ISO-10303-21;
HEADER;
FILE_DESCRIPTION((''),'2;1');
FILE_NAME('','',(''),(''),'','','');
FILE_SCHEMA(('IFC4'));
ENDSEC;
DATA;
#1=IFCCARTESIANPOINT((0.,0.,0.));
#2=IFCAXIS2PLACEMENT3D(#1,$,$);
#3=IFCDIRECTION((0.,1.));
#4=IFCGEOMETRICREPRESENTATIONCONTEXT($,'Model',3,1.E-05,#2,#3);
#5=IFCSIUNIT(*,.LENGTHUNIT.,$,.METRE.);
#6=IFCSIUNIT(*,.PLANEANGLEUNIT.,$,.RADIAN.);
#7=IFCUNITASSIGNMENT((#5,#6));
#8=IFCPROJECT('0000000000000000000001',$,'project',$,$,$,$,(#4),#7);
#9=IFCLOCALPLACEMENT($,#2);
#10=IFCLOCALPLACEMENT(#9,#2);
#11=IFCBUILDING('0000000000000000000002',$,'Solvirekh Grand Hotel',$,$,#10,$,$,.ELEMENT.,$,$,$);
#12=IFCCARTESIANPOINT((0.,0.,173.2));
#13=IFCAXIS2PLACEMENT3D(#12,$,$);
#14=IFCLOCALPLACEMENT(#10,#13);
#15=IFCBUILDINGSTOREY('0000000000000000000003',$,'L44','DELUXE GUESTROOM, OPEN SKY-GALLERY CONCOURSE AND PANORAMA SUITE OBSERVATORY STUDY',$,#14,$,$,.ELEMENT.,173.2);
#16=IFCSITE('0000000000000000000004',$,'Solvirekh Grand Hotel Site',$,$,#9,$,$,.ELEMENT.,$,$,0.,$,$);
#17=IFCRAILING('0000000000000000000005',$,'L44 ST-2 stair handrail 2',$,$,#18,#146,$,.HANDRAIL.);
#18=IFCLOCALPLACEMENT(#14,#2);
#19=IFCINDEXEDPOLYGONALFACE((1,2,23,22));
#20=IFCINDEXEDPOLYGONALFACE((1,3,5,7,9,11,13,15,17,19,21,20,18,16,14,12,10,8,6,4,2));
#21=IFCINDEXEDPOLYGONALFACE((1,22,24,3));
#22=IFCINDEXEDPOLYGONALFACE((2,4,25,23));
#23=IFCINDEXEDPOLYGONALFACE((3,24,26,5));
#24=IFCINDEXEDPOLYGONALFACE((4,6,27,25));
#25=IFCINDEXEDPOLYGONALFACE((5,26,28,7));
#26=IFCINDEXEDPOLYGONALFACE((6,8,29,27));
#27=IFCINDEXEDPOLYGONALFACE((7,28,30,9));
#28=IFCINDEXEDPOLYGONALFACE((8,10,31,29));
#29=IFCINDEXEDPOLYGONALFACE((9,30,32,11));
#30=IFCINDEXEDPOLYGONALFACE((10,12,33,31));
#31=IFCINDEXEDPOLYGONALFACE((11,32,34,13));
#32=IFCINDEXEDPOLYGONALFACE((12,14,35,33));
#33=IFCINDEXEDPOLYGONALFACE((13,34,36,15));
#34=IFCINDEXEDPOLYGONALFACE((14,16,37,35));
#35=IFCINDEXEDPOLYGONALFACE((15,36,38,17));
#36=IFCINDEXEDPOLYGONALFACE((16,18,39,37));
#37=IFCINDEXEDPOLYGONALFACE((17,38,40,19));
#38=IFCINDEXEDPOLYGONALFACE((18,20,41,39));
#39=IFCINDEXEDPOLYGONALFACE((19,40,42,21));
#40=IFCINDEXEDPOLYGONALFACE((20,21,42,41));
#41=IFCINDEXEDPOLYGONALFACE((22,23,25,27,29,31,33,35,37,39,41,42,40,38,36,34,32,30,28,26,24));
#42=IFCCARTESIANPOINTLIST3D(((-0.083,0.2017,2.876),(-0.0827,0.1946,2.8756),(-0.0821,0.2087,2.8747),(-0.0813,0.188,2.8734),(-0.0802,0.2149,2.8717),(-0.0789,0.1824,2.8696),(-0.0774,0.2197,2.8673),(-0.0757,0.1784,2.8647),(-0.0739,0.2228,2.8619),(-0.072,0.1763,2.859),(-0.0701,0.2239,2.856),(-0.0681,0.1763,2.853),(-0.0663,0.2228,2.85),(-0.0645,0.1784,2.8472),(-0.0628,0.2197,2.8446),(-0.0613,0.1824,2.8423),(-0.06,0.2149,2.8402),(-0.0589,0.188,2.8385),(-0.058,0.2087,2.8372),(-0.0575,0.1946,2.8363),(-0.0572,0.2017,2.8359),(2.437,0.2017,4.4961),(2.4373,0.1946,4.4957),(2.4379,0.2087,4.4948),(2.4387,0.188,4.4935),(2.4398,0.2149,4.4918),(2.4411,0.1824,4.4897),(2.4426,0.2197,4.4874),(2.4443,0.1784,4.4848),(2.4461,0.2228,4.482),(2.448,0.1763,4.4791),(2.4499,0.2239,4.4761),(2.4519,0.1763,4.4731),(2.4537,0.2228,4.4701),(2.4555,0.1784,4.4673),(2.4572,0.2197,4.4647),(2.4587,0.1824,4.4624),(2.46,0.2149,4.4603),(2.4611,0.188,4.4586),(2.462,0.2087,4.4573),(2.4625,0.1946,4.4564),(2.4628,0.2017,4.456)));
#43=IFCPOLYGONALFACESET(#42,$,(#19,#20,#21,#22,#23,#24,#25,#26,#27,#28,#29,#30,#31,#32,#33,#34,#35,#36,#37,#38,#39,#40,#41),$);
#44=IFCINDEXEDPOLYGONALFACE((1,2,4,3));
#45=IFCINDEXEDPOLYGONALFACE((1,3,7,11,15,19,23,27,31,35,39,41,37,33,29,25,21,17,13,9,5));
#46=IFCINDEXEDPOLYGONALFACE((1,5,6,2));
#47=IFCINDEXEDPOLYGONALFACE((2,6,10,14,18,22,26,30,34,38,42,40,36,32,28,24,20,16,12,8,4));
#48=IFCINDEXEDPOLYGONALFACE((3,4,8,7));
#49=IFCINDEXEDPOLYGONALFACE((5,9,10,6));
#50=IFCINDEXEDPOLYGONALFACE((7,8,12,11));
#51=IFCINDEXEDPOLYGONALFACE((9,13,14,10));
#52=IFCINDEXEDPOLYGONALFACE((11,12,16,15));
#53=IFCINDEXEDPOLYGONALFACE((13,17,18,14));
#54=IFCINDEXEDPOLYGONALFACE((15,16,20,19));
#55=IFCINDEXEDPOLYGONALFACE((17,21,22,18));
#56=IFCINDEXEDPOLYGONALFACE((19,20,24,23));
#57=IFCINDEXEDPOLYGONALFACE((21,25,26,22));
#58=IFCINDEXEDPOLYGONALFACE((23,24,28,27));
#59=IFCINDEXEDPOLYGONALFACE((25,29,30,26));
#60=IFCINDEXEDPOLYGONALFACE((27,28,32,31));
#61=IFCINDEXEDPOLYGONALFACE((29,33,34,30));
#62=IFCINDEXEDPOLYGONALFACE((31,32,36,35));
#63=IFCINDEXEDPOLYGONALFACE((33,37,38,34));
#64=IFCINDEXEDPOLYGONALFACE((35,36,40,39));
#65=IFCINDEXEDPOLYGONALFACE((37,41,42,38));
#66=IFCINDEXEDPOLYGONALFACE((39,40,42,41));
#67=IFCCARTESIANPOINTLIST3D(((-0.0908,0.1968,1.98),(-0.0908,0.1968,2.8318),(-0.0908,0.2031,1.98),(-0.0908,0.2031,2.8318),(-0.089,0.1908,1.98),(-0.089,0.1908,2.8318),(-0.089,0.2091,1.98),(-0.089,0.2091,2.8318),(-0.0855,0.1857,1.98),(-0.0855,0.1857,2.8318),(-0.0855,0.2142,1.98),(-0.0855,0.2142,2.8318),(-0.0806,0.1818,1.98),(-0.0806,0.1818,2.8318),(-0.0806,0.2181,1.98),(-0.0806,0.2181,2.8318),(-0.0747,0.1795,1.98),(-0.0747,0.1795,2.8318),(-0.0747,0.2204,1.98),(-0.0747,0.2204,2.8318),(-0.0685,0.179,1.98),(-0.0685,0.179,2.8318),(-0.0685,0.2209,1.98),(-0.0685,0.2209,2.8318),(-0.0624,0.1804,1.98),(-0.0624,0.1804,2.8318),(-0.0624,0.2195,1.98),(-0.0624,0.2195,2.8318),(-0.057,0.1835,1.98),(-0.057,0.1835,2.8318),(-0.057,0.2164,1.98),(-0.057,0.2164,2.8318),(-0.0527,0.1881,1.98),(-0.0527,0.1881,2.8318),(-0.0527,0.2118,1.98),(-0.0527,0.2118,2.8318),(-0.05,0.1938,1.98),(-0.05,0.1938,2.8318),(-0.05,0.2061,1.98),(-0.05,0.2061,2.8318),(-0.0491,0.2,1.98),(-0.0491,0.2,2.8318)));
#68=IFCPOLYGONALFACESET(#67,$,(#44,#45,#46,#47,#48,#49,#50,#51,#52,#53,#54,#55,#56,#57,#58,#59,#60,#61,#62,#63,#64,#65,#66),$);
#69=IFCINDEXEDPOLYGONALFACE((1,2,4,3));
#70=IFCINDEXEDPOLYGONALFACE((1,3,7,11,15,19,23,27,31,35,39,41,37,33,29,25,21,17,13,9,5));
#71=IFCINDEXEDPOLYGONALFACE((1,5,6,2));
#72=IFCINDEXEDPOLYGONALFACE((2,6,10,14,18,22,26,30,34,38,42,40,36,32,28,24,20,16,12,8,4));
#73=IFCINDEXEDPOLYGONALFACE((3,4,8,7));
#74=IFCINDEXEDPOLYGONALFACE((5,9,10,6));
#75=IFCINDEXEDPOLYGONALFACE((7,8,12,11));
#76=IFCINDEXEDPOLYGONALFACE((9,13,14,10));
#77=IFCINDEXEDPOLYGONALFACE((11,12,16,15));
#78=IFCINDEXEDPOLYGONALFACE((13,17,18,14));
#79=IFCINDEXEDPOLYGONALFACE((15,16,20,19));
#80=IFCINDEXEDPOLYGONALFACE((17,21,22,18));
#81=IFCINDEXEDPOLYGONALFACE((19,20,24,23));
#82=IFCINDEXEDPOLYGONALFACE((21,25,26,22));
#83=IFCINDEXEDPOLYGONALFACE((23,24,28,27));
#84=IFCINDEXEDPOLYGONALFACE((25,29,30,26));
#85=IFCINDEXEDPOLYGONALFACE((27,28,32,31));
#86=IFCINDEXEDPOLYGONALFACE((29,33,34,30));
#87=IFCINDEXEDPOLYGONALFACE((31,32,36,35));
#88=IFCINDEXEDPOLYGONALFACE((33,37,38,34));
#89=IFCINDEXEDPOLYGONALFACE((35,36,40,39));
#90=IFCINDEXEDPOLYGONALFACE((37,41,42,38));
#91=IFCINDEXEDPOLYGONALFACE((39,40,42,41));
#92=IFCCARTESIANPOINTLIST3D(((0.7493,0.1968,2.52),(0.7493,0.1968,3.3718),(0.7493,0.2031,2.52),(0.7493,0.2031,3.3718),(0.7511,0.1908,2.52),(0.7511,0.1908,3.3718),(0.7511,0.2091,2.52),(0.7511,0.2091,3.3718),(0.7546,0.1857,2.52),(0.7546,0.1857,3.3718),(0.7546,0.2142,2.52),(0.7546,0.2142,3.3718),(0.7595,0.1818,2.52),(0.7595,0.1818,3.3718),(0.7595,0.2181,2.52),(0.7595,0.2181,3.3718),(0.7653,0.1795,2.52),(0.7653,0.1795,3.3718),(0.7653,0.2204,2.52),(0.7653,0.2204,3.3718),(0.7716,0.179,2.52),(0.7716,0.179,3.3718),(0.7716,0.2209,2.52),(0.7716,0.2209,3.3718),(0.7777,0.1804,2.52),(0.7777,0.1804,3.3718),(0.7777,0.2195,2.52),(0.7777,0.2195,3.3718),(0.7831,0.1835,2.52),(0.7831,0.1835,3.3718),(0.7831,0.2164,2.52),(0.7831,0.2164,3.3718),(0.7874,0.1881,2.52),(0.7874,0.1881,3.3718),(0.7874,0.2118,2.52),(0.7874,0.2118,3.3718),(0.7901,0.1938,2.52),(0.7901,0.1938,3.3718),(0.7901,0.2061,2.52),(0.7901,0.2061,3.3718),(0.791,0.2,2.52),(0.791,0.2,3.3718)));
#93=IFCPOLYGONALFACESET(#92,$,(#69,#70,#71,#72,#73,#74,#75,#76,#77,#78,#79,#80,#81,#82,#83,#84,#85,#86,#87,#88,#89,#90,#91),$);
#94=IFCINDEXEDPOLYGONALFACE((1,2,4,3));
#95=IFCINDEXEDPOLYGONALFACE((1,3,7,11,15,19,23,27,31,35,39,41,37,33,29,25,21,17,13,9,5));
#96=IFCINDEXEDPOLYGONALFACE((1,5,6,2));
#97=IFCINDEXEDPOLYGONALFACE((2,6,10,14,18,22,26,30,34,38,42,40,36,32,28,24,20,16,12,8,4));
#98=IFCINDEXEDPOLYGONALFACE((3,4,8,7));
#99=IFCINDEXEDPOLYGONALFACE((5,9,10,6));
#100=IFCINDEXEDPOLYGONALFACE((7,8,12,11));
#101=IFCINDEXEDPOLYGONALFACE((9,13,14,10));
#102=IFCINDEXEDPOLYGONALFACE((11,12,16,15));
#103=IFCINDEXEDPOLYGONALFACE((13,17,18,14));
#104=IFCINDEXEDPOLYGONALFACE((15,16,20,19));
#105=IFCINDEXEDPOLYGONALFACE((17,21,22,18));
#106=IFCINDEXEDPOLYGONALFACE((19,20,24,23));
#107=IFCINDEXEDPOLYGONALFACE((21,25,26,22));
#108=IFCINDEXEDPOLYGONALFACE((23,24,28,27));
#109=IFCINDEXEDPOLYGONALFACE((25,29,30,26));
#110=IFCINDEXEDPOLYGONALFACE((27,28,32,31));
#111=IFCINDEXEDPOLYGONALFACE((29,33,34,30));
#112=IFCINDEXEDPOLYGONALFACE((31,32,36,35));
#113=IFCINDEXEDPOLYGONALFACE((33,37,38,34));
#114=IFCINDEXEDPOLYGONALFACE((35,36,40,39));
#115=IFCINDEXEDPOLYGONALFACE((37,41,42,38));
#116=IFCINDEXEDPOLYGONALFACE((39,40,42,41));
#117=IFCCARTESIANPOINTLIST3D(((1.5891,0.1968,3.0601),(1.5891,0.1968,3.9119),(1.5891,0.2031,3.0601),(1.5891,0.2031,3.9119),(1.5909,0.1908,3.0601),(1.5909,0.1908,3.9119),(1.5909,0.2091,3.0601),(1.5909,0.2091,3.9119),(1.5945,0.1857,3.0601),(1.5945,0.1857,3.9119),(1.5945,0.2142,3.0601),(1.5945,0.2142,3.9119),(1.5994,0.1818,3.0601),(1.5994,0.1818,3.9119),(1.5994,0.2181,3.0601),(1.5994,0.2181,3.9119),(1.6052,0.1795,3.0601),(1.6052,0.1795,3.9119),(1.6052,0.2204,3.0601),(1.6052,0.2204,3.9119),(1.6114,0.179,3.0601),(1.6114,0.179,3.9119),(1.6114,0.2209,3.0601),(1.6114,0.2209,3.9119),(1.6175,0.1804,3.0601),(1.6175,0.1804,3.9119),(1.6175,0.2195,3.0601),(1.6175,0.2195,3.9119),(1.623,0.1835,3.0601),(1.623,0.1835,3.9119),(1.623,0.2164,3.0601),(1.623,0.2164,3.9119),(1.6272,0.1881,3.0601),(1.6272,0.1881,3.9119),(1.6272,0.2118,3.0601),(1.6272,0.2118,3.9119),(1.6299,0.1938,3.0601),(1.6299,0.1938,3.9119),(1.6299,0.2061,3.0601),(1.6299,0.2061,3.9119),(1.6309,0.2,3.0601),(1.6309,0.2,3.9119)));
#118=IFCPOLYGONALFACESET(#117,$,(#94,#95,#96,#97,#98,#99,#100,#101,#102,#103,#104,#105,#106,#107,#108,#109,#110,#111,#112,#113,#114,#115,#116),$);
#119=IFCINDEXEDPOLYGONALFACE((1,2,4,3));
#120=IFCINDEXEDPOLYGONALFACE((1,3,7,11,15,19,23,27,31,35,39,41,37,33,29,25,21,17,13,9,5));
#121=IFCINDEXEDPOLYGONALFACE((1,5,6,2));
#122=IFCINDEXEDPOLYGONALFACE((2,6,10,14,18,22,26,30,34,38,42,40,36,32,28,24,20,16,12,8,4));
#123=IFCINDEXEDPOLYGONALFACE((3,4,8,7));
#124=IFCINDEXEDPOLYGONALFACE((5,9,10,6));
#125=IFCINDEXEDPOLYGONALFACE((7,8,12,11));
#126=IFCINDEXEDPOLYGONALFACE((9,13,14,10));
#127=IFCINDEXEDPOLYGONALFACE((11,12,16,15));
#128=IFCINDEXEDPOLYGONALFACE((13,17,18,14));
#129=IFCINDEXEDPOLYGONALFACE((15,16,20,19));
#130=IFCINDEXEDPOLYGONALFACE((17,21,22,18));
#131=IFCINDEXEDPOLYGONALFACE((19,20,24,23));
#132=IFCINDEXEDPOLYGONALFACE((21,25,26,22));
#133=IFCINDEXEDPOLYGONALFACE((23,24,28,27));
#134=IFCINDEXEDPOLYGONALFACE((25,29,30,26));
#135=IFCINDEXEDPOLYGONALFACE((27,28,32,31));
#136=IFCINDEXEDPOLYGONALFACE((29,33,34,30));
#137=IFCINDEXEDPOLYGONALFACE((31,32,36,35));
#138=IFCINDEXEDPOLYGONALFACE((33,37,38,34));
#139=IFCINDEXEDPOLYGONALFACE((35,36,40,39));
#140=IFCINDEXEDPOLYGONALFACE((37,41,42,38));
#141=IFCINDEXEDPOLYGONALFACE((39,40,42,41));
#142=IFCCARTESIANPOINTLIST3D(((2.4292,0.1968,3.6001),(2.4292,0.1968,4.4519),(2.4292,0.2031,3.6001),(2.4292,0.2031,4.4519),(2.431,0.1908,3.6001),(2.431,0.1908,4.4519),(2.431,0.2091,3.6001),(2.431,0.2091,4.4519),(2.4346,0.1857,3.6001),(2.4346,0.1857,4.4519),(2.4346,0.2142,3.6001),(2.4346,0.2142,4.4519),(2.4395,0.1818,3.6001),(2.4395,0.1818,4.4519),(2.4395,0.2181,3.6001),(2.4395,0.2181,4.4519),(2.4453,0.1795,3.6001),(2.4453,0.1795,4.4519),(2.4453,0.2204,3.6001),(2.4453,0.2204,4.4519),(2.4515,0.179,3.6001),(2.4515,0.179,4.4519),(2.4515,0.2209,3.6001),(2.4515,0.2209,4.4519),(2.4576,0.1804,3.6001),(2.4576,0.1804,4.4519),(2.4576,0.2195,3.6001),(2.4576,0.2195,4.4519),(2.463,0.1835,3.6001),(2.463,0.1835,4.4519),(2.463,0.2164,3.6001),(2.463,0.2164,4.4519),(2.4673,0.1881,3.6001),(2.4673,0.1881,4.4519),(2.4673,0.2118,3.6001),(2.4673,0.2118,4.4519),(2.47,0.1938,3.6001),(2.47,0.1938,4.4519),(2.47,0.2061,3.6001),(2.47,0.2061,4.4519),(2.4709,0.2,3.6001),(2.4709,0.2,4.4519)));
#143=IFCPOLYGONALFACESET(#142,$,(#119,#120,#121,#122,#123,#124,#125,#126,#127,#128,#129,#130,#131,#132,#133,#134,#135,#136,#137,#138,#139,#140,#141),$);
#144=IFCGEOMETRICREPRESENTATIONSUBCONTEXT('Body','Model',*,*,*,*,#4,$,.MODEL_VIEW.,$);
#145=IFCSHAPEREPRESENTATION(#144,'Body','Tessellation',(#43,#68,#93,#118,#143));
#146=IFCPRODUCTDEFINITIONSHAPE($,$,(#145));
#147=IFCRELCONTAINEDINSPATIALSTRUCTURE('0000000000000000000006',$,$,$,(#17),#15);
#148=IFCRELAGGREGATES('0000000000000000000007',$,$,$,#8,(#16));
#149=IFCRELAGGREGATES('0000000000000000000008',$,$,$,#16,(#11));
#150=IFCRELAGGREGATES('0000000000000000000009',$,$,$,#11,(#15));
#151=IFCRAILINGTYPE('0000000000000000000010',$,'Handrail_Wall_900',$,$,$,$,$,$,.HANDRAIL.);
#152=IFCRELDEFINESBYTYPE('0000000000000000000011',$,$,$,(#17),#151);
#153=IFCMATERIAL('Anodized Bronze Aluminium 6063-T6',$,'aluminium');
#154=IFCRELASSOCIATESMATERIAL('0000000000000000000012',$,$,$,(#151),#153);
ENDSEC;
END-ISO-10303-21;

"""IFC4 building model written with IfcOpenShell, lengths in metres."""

from ifc_helpers import new_model, si_unit, direction, frame, origin, origin_2d, place, context, subcontext, project, spatial, circle, extrude, material, type_object, element, save


model = new_model("IFC4")

# Units and contexts
model_context = context("Model", 3, precision=1e-05, world=origin(), true_north=direction((0.0, 1.0)))
body_context = subcontext(model_context, "Body", "Model", "MODEL_VIEW")
ifc_project = project(units=[si_unit("LENGTHUNIT", "METRE"), si_unit("PLANEANGLEUNIT", "RADIAN")], contexts=[model_context])

# Site, building, storey
site_placement = place(None, origin())
site = spatial("IfcSite", under=ifc_project, at=site_placement, Name="Solvirekh Grand Hotel Site", CompositionType="ELEMENT", RefElevation=0.0)
building_placement = place(site_placement, origin())
building = spatial("IfcBuilding", under=site, at=building_placement, Name="Solvirekh Grand Hotel", CompositionType="ELEMENT")
storey_placement = place(building_placement, frame((0.0, 0.0, 173.2)))
storey = spatial("IfcBuildingStorey", under=building, at=storey_placement, Name="L44", Description="DELUXE GUESTROOM, OPEN SKY-GALLERY CONCOURSE AND PANORAMA SUITE OBSERVATORY STUDY", CompositionType="ELEMENT", Elevation=173.2)

# Railing
ifc_material_1 = material(Name="Anodized Bronze Aluminium 6063-T6", Category="aluminium")
railing_type_1 = type_object("IfcRailingType", Name="Handrail_Wall_900", PredefinedType="HANDRAIL", material=ifc_material_1)
railing_1_placement = place(storey_placement, frame((-0.0701, 0.2, 1.98)))
element("IfcRailing", 1, at=railing_1_placement, inside=storey, type_object=railing_type_1, Name="L44 ST-2 stair handrail 2", PredefinedType="HANDRAIL", context=body_context, shape_type="SweptSolid", body=[
    extrude(circle(Radius=0.0239, at=origin_2d()), frame((0.0, 0.0, 0.876), z_axis=(0.841163, 0.0, 0.540782), x_axis=(0.0, 1.0, 0.0)), (0.0, 0.0, 1.0), 2.9958),
    extrude(circle(Radius=0.021, at=origin_2d()), origin(), (0.0, 0.0, 1.0), 0.8518),
    extrude(circle(Radius=0.021, at=origin_2d()), frame((0.8401, 0.0, 0.54)), (0.0, 0.0, 1.0), 0.8518),
    extrude(circle(Radius=0.021, at=origin_2d()), frame((1.6799, 0.0, 1.0801)), (0.0, 0.0, 1.0), 0.8518),
    extrude(circle(Radius=0.021, at=origin_2d()), frame((2.52, 0.0, 1.6201)), (0.0, 0.0, 1.0), 0.8518),
])

save(model, "model.ifc")
